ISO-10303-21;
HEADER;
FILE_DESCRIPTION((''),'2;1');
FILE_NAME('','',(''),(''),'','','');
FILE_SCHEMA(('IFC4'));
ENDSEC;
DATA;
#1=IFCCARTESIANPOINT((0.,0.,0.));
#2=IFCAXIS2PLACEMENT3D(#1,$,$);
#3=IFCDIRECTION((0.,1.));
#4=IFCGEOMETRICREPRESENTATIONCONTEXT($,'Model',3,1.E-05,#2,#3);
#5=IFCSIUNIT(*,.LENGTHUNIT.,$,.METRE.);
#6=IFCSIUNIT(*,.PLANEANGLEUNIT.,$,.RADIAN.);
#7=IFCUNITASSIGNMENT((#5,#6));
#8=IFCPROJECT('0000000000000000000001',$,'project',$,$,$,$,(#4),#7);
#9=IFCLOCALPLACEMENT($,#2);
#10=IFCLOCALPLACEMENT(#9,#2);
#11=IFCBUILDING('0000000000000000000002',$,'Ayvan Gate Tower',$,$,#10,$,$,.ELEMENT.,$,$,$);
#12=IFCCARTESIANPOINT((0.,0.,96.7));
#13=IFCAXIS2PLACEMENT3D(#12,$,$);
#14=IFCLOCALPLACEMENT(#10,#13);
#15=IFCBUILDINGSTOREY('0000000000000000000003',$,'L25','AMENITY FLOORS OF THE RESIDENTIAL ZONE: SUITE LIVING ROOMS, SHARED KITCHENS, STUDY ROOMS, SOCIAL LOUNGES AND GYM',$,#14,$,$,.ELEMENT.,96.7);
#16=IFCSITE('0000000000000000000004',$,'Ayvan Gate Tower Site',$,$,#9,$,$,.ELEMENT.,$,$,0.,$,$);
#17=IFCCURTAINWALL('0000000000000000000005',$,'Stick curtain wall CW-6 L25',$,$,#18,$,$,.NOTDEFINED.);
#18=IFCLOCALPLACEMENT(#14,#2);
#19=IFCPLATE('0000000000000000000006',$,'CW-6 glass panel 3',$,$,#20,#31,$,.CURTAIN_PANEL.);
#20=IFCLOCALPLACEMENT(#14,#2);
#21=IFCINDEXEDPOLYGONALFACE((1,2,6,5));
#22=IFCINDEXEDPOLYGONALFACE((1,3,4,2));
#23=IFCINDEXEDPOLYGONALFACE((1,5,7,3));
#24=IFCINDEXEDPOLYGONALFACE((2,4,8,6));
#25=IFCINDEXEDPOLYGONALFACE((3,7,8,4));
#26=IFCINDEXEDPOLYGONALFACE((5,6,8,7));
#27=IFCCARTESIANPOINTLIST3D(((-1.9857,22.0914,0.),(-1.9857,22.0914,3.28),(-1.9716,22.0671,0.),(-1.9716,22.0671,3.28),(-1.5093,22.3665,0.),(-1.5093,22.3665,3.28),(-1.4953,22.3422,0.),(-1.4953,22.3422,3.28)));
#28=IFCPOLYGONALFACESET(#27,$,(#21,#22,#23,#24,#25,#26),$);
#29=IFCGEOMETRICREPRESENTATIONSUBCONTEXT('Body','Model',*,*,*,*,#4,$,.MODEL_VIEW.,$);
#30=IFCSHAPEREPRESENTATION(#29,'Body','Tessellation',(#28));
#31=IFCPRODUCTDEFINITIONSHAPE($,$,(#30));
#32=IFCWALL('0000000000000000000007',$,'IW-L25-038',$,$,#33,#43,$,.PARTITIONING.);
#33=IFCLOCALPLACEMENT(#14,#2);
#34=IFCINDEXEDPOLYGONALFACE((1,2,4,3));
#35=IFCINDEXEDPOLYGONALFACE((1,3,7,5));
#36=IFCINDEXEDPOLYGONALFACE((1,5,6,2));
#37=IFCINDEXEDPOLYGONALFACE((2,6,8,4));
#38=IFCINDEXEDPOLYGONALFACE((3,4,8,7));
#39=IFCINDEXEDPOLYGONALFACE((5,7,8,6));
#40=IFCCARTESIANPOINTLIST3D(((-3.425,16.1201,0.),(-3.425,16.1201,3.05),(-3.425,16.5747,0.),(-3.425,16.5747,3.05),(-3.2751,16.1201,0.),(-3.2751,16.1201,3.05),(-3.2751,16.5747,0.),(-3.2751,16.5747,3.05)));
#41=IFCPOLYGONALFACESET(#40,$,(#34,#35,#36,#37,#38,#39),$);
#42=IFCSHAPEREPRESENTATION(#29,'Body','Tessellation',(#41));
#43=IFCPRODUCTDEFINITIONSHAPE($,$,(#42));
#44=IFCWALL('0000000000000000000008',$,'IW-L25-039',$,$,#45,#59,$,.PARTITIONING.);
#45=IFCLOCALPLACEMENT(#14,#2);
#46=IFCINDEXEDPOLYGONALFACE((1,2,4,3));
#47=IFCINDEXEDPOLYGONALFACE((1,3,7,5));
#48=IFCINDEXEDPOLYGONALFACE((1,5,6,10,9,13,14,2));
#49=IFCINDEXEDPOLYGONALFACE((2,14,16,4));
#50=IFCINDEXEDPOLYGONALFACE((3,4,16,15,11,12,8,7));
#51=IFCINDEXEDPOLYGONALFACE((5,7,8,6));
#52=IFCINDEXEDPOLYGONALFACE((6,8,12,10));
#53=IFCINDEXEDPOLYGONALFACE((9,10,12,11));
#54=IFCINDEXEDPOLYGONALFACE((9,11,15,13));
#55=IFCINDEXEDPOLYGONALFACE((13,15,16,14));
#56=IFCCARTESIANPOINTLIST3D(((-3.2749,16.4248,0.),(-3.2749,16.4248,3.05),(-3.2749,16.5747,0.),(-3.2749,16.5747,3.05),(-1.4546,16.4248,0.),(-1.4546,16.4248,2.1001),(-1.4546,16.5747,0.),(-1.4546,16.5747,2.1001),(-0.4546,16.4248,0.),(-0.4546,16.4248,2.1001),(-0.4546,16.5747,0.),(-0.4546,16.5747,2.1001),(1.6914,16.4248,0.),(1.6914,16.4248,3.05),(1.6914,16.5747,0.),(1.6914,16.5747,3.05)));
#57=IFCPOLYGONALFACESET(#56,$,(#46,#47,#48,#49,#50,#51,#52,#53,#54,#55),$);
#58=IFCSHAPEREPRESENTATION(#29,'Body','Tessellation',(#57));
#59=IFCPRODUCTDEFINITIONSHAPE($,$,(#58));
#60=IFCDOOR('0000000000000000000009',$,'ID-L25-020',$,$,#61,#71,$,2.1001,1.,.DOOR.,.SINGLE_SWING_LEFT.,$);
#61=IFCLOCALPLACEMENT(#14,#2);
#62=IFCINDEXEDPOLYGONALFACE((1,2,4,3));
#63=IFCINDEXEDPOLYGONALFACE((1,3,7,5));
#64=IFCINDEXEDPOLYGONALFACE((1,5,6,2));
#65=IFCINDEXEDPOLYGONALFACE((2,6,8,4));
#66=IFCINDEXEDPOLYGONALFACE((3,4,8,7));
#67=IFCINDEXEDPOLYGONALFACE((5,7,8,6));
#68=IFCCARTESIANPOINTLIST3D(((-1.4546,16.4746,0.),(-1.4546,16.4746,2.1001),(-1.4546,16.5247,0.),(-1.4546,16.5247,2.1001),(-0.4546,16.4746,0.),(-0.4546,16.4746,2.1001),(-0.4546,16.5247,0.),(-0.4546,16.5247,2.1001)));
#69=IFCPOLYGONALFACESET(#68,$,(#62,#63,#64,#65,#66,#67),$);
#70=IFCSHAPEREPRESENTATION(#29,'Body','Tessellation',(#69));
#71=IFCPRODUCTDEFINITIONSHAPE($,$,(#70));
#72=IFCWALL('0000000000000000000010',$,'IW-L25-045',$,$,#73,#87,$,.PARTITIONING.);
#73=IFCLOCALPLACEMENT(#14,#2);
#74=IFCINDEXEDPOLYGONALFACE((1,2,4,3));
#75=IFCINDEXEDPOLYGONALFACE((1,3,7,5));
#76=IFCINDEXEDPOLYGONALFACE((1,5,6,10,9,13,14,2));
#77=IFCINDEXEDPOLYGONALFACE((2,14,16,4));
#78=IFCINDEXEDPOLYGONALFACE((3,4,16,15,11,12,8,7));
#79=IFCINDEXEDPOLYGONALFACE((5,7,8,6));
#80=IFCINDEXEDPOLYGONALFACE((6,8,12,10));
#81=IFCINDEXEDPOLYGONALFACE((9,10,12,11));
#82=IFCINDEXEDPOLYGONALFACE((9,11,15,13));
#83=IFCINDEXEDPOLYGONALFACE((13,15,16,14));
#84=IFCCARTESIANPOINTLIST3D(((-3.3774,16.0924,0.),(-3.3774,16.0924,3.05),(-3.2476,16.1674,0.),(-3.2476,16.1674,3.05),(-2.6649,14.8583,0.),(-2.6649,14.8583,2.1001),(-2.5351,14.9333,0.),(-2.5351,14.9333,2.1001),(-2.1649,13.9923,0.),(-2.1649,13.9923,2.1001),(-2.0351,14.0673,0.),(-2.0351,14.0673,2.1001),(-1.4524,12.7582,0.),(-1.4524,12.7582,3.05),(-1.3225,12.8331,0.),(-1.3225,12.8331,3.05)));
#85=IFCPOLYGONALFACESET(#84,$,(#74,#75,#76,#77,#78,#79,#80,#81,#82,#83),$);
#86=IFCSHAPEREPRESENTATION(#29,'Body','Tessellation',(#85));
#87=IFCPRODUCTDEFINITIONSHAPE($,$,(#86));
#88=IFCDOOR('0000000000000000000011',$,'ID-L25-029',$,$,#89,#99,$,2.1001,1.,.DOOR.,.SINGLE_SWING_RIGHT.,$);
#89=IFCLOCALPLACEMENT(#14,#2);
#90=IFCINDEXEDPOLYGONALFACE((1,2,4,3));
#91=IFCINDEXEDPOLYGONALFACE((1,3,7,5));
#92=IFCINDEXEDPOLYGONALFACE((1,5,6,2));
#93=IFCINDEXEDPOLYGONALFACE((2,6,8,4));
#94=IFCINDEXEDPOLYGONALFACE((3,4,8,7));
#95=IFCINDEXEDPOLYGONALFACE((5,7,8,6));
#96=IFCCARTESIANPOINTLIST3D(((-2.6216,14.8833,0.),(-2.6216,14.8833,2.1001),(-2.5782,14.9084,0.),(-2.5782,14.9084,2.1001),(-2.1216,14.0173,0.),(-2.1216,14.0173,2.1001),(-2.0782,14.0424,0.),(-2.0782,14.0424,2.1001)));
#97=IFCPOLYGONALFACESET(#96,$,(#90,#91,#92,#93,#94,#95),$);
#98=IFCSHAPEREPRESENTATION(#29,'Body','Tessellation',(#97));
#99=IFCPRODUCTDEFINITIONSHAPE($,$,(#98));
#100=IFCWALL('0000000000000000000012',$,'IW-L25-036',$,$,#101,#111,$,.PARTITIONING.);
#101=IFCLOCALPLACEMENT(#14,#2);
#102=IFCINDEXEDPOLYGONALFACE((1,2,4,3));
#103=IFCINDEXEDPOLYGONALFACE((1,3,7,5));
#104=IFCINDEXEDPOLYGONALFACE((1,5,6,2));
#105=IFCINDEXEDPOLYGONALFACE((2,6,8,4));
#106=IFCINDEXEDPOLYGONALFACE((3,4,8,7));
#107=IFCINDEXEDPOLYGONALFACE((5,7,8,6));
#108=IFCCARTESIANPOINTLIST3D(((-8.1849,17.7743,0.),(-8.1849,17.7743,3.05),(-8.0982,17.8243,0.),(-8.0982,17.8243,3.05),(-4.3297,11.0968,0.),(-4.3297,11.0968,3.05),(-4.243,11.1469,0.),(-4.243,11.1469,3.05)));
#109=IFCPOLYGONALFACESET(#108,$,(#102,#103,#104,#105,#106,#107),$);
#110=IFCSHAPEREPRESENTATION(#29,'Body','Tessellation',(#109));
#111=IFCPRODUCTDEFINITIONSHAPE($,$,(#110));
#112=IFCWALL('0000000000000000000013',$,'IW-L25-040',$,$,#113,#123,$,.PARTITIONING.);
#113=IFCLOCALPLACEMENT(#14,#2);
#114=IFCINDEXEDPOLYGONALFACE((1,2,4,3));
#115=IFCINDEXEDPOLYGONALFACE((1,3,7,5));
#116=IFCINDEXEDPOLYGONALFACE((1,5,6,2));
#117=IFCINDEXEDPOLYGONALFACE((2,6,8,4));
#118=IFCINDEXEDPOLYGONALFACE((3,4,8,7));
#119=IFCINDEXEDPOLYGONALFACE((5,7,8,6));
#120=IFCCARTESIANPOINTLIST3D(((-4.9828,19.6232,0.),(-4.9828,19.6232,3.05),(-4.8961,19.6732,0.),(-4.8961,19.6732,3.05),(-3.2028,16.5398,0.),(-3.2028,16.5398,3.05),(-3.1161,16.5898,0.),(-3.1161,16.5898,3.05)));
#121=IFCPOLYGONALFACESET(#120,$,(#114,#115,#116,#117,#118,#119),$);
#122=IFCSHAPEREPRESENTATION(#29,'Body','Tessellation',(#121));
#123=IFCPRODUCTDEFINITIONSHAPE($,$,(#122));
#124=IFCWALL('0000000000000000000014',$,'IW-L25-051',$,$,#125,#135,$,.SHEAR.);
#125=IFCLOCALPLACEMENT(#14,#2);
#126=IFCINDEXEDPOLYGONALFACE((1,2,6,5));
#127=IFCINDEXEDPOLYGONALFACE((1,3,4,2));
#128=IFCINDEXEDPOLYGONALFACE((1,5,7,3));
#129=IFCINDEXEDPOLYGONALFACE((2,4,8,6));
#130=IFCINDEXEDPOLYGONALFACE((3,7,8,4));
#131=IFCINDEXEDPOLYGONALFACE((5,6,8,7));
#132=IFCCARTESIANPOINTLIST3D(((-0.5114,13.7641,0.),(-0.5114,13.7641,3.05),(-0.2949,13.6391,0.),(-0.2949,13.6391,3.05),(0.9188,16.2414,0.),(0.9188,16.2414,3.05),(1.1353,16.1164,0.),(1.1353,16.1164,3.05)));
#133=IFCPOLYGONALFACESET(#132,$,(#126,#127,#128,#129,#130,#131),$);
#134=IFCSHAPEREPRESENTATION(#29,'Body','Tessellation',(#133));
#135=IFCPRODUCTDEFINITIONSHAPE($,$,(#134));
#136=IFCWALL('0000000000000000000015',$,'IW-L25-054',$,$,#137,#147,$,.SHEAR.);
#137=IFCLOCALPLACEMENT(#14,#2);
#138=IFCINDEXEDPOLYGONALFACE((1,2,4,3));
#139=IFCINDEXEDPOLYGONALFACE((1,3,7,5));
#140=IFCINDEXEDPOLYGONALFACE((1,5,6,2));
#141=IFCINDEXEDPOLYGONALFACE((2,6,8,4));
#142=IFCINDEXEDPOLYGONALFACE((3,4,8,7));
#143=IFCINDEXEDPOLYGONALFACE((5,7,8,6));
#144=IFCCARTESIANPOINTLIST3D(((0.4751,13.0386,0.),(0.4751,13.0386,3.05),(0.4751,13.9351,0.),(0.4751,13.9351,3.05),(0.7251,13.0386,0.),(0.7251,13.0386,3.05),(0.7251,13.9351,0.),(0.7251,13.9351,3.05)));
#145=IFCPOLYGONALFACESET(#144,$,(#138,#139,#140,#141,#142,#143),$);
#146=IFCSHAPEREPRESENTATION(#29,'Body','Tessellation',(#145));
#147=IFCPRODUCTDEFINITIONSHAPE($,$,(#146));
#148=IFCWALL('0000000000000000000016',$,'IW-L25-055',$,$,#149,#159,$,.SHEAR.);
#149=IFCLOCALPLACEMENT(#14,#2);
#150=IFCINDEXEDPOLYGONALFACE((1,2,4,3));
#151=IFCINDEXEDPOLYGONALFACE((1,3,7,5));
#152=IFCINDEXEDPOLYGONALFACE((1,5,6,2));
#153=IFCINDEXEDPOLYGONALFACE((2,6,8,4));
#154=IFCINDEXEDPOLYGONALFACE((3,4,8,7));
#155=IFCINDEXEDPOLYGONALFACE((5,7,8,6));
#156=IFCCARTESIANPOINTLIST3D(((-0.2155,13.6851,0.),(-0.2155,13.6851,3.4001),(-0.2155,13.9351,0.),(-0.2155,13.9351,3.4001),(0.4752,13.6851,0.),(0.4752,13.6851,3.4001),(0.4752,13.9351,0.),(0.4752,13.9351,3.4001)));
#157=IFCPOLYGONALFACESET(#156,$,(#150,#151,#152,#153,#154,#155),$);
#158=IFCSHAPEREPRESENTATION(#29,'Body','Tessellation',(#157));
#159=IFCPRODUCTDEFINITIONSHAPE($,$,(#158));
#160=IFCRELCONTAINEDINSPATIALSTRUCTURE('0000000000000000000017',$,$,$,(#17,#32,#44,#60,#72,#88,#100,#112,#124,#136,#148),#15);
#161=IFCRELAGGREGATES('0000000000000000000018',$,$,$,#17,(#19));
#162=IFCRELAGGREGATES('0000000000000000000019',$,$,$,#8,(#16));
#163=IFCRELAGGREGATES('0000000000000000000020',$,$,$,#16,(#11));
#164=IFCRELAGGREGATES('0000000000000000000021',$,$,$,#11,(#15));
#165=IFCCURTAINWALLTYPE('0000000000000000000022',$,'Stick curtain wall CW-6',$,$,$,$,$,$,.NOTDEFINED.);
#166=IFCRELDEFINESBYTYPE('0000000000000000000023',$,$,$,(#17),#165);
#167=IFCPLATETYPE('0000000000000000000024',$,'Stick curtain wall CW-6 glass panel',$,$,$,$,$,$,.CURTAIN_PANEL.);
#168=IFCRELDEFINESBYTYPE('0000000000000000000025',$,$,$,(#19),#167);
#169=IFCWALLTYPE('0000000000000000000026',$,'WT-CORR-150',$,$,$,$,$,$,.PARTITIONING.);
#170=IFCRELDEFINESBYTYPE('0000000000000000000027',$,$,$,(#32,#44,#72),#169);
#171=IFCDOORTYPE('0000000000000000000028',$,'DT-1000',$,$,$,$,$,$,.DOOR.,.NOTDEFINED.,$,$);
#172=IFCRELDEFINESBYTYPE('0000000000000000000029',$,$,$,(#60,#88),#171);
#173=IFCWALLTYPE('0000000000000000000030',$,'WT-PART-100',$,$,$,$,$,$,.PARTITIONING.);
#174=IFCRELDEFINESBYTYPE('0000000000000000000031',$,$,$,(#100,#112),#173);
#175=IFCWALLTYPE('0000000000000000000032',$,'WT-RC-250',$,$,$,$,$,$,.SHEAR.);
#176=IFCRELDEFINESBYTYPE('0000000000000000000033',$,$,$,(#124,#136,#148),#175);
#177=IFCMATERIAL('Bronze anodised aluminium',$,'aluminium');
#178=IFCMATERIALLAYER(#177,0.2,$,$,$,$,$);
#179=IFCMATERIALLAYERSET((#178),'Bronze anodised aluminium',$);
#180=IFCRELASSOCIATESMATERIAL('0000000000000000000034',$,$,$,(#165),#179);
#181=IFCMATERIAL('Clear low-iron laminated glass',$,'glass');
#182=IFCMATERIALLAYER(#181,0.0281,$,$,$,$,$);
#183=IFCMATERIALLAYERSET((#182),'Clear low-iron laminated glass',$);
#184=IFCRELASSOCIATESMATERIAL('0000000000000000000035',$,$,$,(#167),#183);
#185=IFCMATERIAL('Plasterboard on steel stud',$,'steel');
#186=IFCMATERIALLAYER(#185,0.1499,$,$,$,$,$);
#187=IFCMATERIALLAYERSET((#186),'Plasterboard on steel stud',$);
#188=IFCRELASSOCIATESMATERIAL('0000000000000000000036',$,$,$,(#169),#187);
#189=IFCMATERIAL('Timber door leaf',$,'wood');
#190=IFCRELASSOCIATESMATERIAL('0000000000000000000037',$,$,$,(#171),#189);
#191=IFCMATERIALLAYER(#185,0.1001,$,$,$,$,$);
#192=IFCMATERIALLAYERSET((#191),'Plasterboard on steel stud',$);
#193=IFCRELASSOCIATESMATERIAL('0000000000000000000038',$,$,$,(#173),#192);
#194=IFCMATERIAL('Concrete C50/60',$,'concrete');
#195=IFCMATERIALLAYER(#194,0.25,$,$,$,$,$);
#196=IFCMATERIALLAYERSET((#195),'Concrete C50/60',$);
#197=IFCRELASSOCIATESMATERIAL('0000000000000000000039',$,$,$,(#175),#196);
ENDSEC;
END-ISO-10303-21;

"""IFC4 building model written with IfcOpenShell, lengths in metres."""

from ifc_helpers import new_model, si_unit, direction, frame, frame_2d, origin, origin_2d, place, context, subcontext, project, spatial, rectangle, extrude, material, layer, layer_set, type_object, element, fill, aggregate, save


model = new_model("IFC4")

# Units and contexts
model_context = context("Model", 3, precision=1e-05, world=origin(), true_north=direction((0.0, 1.0)))
body_context = subcontext(model_context, "Body", "Model", "MODEL_VIEW")
ifc_project = project(units=[si_unit("LENGTHUNIT", "METRE"), si_unit("PLANEANGLEUNIT", "RADIAN")], contexts=[model_context])

# Site, building, storey
site_placement = place(None, origin())
site = spatial("IfcSite", under=ifc_project, at=site_placement, Name="Ayvan Gate Tower Site", CompositionType="ELEMENT", RefElevation=0.0)
building_placement = place(site_placement, origin())
building = spatial("IfcBuilding", under=site, at=building_placement, Name="Ayvan Gate Tower", CompositionType="ELEMENT")
storey_placement = place(building_placement, frame((0.0, 0.0, 96.7)))
storey = spatial("IfcBuildingStorey", under=building, at=storey_placement, Name="L25", Description="AMENITY FLOORS OF THE RESIDENTIAL ZONE: SUITE LIVING ROOMS, SHARED KITCHENS, STUDY ROOMS, SOCIAL LOUNGES AND GYM", CompositionType="ELEMENT", Elevation=96.7)

# Curtain wall
ifc_material_1 = material(Name="Bronze anodised aluminium", Category="aluminium")
ifc_layer_1 = layer(ifc_material_1, 0.2)
ifc_layer_set_1 = layer_set([ifc_layer_1], Name="Bronze anodised aluminium")
curtain_wall_type_1 = type_object("IfcCurtainWallType", Name="Stick curtain wall CW-6", PredefinedType="NOTDEFINED", material=ifc_layer_set_1)
curtain_wall_1_placement = place(storey_placement, origin())
curtain_wall_1 = element("IfcCurtainWall", 1, at=curtain_wall_1_placement, inside=storey, type_object=curtain_wall_type_1, Name="Stick curtain wall CW-6 L25", PredefinedType="NOTDEFINED")

# Plate
ifc_material_2 = material(Name="Clear low-iron laminated glass", Category="glass")
ifc_layer_2 = layer(ifc_material_2, 0.0281)
ifc_layer_set_2 = layer_set([ifc_layer_2], Name="Clear low-iron laminated glass")
plate_type_1 = type_object("IfcPlateType", Name="Stick curtain wall CW-6 glass panel", PredefinedType="CURTAIN_PANEL", material=ifc_layer_set_2)
plate_1_placement = place(storey_placement, frame((-1.7405, 22.2168, 0.0), z_axis=(0.0, 0.0, 1.0), x_axis=(-0.866025, -0.5, 0.0)))
plate_1 = element("IfcPlate", 2, at=plate_1_placement, type_object=plate_type_1, Name="CW-6 glass panel 3", PredefinedType="CURTAIN_PANEL", context=body_context, shape_type="SweptSolid", body=[
    extrude(rectangle(XDim=0.55, YDim=0.0281, at=origin_2d()), origin(), (0.0, 0.0, 1.0), 3.28),
])
aggregate(curtain_wall_1, [plate_1])

# Wall
ifc_material_3 = material(Name="Plasterboard on steel stud", Category="steel")
ifc_layer_3 = layer(ifc_material_3, 0.1499)
ifc_layer_set_3 = layer_set([ifc_layer_3], Name="Plasterboard on steel stud")
wall_type_1 = type_object("IfcWallType", Name="WT-CORR-150", PredefinedType="PARTITIONING", material=ifc_layer_set_3)
wall_1_placement = place(storey_placement, frame((-3.3501, 16.1201, 0.0), z_axis=(0.0, 0.0, 1.0), x_axis=(0.0, 1.0, 0.0)))
element("IfcWall", 3, at=wall_1_placement, inside=storey, type_object=wall_type_1, Name="IW-L25-038", PredefinedType="PARTITIONING", context=body_context, shape_type="SweptSolid", body=[
    extrude(rectangle(XDim=0.4546, YDim=0.1499, at=frame_2d((0.2273, 0.0))), origin(), (0.0, 0.0, 1.0), 3.05),
])

# Walls, openings, doors
wall_2_placement = place(storey_placement, frame((-3.2749, 16.4998, 0.0), z_axis=(0.0, 0.0, 1.0), x_axis=(1.0, 0.0, 0.0)))
wall_2 = element("IfcWall", 4, at=wall_2_placement, inside=storey, type_object=wall_type_1, Name="IW-L25-039", PredefinedType="PARTITIONING", context=body_context, shape_type="SweptSolid", body=[
    extrude(rectangle(XDim=4.9663, YDim=0.1499, at=frame_2d((2.4832, 0.0))), origin(), (0.0, 0.0, 1.0), 3.05),
])
opening_1_placement = place(wall_2_placement, frame((1.8203, 0.0, 0.0)))
opening_1 = element("IfcOpeningElement", 5, at=opening_1_placement, cuts=wall_2, PredefinedType="OPENING", context=body_context, shape_type="SweptSolid", body=[
    extrude(rectangle(XDim=1.0, YDim=2.1001, at=frame_2d((0.5, 1.05))), frame((0.0, 0.085, 0.0), z_axis=(0.0, -1.0, 0.0), x_axis=(1.0, 0.0, 0.0)), (0.0, 0.0, 1.0), 0.1699),
])
ifc_material_4 = material(Name="Timber door leaf", Category="wood")
door_type = type_object("IfcDoorType", Name="DT-1000", OperationType="NOTDEFINED", PredefinedType="DOOR", material=ifc_material_4)
door_1_placement = place(opening_1_placement, origin())
door_1 = element("IfcDoor", 6, at=door_1_placement, inside=storey, type_object=door_type, Name="ID-L25-020", OperationType="SINGLE_SWING_LEFT", OverallHeight=2.1001, OverallWidth=1.0, PredefinedType="DOOR", context=body_context, shape_type="SweptSolid", body=[
    extrude(rectangle(XDim=1.0, YDim=2.1001, at=frame_2d((0.5, 1.05))), frame((0.0, 0.0249, 0.0), z_axis=(0.0, -1.0, 0.0), x_axis=(1.0, 0.0, 0.0)), (0.0, 0.0, 1.0), 0.05),
])
fill(opening_1, door_1)
wall_3_placement = place(storey_placement, frame((-1.3875, 12.7957, 0.0), z_axis=(0.0, 0.0, 1.0), x_axis=(-0.500006, 0.866022, 0.0)))
wall_3 = element("IfcWall", 7, at=wall_3_placement, inside=storey, type_object=wall_type_1, Name="IW-L25-045", PredefinedType="PARTITIONING", context=body_context, shape_type="SweptSolid", body=[
    extrude(rectangle(XDim=3.8501, YDim=0.1499, at=frame_2d((1.925, 0.0))), origin(), (0.0, 0.0, 1.0), 3.05),
])
opening_2_placement = place(wall_3_placement, frame((1.425, 0.0, 0.0)))
opening_2 = element("IfcOpeningElement", 8, at=opening_2_placement, cuts=wall_3, PredefinedType="OPENING", context=body_context, shape_type="SweptSolid", body=[
    extrude(rectangle(XDim=1.0, YDim=2.1001, at=frame_2d((0.5, 1.05))), frame((0.0, 0.085, 0.0), z_axis=(0.0, -1.0, 0.0), x_axis=(1.0, 0.0, 0.0)), (0.0, 0.0, 1.0), 0.1699),
])
door_2_placement = place(opening_2_placement, origin())
door_2 = element("IfcDoor", 9, at=door_2_placement, inside=storey, type_object=door_type, Name="ID-L25-029", OperationType="SINGLE_SWING_RIGHT", OverallHeight=2.1001, OverallWidth=1.0, PredefinedType="DOOR", context=body_context, shape_type="SweptSolid", body=[
    extrude(rectangle(XDim=1.0, YDim=2.1001, at=frame_2d((0.5, 1.05))), frame((0.0, 0.0249, 0.0), z_axis=(0.0, -1.0, 0.0), x_axis=(1.0, 0.0, 0.0)), (0.0, 0.0, 1.0), 0.05),
])
fill(opening_2, door_2)

# Walls
ifc_layer_4 = layer(ifc_material_3, 0.1001)
ifc_layer_set_4 = layer_set([ifc_layer_4], Name="Plasterboard on steel stud")
wall_type_2 = type_object("IfcWallType", Name="WT-PART-100", PredefinedType="PARTITIONING", material=ifc_layer_set_4)
wall_4_placement = place(storey_placement, frame((-4.2864, 11.1218, 0.0), z_axis=(0.0, 0.0, 1.0), x_axis=(-0.499997, 0.866027, 0.0)))
element("IfcWall", 10, at=wall_4_placement, inside=storey, type_object=wall_type_2, Name="IW-L25-036", PredefinedType="PARTITIONING", context=body_context, shape_type="SweptSolid", body=[
    extrude(rectangle(XDim=7.7104, YDim=0.1001, at=frame_2d((3.8552, 0.0))), origin(), (0.0, 0.0, 1.0), 3.05),
])
wall_5_placement = place(storey_placement, frame((-3.1594, 16.5647, 0.0), z_axis=(0.0, 0.0, 1.0), x_axis=(-0.499952, 0.866053, 0.0)))
element("IfcWall", 11, at=wall_5_placement, inside=storey, type_object=wall_type_2, Name="IW-L25-040", PredefinedType="PARTITIONING", context=body_context, shape_type="SweptSolid", body=[
    extrude(rectangle(XDim=3.5603, YDim=0.1001, at=frame_2d((1.7803, 0.0))), origin(), (0.0, 0.0, 1.0), 3.05),
])
ifc_material_5 = material(Name="Concrete C50/60", Category="concrete")
ifc_layer_5 = layer(ifc_material_5, 0.25)
ifc_layer_set_5 = layer_set([ifc_layer_5], Name="Concrete C50/60")
wall_type_3 = type_object("IfcWallType", Name="WT-RC-250", PredefinedType="SHEAR", material=ifc_layer_set_5)
wall_6_placement = place(storey_placement, frame((-0.4031, 13.7017, 0.0), z_axis=(0.0, 0.0, 1.0), x_axis=(0.499976, 0.866039, 0.0)))
element("IfcWall", 12, at=wall_6_placement, inside=storey, type_object=wall_type_3, Name="IW-L25-051", PredefinedType="SHEAR", context=body_context, shape_type="SweptSolid", body=[
    extrude(rectangle(XDim=2.8606, YDim=0.25, at=frame_2d((1.4302, 0.0))), origin(), (0.0, 0.0, 1.0), 3.05),
])
wall_7_placement = place(storey_placement, frame((0.6001, 13.0386, 0.0), z_axis=(0.0, 0.0, 1.0), x_axis=(0.0, 1.0, 0.0)))
element("IfcWall", 13, at=wall_7_placement, inside=storey, type_object=wall_type_3, Name="IW-L25-054", PredefinedType="SHEAR", context=body_context, shape_type="SweptSolid", body=[
    extrude(rectangle(XDim=0.8965, YDim=0.25, at=frame_2d((0.4482, 0.0))), origin(), (0.0, 0.0, 1.0), 3.05),
])
wall_8_placement = place(storey_placement, frame((0.4751, 13.8101, 0.0), z_axis=(0.0, 0.0, 1.0), x_axis=(-1.0, 0.0, 0.0)))
element("IfcWall", 14, at=wall_8_placement, inside=storey, type_object=wall_type_3, Name="IW-L25-055", PredefinedType="SHEAR", context=body_context, shape_type="SweptSolid", body=[
    extrude(rectangle(XDim=0.6907, YDim=0.25, at=frame_2d((0.3452, 0.0))), origin(), (0.0, 0.0, 1.0), 3.4001),
])

save(model, "model.ifc")
